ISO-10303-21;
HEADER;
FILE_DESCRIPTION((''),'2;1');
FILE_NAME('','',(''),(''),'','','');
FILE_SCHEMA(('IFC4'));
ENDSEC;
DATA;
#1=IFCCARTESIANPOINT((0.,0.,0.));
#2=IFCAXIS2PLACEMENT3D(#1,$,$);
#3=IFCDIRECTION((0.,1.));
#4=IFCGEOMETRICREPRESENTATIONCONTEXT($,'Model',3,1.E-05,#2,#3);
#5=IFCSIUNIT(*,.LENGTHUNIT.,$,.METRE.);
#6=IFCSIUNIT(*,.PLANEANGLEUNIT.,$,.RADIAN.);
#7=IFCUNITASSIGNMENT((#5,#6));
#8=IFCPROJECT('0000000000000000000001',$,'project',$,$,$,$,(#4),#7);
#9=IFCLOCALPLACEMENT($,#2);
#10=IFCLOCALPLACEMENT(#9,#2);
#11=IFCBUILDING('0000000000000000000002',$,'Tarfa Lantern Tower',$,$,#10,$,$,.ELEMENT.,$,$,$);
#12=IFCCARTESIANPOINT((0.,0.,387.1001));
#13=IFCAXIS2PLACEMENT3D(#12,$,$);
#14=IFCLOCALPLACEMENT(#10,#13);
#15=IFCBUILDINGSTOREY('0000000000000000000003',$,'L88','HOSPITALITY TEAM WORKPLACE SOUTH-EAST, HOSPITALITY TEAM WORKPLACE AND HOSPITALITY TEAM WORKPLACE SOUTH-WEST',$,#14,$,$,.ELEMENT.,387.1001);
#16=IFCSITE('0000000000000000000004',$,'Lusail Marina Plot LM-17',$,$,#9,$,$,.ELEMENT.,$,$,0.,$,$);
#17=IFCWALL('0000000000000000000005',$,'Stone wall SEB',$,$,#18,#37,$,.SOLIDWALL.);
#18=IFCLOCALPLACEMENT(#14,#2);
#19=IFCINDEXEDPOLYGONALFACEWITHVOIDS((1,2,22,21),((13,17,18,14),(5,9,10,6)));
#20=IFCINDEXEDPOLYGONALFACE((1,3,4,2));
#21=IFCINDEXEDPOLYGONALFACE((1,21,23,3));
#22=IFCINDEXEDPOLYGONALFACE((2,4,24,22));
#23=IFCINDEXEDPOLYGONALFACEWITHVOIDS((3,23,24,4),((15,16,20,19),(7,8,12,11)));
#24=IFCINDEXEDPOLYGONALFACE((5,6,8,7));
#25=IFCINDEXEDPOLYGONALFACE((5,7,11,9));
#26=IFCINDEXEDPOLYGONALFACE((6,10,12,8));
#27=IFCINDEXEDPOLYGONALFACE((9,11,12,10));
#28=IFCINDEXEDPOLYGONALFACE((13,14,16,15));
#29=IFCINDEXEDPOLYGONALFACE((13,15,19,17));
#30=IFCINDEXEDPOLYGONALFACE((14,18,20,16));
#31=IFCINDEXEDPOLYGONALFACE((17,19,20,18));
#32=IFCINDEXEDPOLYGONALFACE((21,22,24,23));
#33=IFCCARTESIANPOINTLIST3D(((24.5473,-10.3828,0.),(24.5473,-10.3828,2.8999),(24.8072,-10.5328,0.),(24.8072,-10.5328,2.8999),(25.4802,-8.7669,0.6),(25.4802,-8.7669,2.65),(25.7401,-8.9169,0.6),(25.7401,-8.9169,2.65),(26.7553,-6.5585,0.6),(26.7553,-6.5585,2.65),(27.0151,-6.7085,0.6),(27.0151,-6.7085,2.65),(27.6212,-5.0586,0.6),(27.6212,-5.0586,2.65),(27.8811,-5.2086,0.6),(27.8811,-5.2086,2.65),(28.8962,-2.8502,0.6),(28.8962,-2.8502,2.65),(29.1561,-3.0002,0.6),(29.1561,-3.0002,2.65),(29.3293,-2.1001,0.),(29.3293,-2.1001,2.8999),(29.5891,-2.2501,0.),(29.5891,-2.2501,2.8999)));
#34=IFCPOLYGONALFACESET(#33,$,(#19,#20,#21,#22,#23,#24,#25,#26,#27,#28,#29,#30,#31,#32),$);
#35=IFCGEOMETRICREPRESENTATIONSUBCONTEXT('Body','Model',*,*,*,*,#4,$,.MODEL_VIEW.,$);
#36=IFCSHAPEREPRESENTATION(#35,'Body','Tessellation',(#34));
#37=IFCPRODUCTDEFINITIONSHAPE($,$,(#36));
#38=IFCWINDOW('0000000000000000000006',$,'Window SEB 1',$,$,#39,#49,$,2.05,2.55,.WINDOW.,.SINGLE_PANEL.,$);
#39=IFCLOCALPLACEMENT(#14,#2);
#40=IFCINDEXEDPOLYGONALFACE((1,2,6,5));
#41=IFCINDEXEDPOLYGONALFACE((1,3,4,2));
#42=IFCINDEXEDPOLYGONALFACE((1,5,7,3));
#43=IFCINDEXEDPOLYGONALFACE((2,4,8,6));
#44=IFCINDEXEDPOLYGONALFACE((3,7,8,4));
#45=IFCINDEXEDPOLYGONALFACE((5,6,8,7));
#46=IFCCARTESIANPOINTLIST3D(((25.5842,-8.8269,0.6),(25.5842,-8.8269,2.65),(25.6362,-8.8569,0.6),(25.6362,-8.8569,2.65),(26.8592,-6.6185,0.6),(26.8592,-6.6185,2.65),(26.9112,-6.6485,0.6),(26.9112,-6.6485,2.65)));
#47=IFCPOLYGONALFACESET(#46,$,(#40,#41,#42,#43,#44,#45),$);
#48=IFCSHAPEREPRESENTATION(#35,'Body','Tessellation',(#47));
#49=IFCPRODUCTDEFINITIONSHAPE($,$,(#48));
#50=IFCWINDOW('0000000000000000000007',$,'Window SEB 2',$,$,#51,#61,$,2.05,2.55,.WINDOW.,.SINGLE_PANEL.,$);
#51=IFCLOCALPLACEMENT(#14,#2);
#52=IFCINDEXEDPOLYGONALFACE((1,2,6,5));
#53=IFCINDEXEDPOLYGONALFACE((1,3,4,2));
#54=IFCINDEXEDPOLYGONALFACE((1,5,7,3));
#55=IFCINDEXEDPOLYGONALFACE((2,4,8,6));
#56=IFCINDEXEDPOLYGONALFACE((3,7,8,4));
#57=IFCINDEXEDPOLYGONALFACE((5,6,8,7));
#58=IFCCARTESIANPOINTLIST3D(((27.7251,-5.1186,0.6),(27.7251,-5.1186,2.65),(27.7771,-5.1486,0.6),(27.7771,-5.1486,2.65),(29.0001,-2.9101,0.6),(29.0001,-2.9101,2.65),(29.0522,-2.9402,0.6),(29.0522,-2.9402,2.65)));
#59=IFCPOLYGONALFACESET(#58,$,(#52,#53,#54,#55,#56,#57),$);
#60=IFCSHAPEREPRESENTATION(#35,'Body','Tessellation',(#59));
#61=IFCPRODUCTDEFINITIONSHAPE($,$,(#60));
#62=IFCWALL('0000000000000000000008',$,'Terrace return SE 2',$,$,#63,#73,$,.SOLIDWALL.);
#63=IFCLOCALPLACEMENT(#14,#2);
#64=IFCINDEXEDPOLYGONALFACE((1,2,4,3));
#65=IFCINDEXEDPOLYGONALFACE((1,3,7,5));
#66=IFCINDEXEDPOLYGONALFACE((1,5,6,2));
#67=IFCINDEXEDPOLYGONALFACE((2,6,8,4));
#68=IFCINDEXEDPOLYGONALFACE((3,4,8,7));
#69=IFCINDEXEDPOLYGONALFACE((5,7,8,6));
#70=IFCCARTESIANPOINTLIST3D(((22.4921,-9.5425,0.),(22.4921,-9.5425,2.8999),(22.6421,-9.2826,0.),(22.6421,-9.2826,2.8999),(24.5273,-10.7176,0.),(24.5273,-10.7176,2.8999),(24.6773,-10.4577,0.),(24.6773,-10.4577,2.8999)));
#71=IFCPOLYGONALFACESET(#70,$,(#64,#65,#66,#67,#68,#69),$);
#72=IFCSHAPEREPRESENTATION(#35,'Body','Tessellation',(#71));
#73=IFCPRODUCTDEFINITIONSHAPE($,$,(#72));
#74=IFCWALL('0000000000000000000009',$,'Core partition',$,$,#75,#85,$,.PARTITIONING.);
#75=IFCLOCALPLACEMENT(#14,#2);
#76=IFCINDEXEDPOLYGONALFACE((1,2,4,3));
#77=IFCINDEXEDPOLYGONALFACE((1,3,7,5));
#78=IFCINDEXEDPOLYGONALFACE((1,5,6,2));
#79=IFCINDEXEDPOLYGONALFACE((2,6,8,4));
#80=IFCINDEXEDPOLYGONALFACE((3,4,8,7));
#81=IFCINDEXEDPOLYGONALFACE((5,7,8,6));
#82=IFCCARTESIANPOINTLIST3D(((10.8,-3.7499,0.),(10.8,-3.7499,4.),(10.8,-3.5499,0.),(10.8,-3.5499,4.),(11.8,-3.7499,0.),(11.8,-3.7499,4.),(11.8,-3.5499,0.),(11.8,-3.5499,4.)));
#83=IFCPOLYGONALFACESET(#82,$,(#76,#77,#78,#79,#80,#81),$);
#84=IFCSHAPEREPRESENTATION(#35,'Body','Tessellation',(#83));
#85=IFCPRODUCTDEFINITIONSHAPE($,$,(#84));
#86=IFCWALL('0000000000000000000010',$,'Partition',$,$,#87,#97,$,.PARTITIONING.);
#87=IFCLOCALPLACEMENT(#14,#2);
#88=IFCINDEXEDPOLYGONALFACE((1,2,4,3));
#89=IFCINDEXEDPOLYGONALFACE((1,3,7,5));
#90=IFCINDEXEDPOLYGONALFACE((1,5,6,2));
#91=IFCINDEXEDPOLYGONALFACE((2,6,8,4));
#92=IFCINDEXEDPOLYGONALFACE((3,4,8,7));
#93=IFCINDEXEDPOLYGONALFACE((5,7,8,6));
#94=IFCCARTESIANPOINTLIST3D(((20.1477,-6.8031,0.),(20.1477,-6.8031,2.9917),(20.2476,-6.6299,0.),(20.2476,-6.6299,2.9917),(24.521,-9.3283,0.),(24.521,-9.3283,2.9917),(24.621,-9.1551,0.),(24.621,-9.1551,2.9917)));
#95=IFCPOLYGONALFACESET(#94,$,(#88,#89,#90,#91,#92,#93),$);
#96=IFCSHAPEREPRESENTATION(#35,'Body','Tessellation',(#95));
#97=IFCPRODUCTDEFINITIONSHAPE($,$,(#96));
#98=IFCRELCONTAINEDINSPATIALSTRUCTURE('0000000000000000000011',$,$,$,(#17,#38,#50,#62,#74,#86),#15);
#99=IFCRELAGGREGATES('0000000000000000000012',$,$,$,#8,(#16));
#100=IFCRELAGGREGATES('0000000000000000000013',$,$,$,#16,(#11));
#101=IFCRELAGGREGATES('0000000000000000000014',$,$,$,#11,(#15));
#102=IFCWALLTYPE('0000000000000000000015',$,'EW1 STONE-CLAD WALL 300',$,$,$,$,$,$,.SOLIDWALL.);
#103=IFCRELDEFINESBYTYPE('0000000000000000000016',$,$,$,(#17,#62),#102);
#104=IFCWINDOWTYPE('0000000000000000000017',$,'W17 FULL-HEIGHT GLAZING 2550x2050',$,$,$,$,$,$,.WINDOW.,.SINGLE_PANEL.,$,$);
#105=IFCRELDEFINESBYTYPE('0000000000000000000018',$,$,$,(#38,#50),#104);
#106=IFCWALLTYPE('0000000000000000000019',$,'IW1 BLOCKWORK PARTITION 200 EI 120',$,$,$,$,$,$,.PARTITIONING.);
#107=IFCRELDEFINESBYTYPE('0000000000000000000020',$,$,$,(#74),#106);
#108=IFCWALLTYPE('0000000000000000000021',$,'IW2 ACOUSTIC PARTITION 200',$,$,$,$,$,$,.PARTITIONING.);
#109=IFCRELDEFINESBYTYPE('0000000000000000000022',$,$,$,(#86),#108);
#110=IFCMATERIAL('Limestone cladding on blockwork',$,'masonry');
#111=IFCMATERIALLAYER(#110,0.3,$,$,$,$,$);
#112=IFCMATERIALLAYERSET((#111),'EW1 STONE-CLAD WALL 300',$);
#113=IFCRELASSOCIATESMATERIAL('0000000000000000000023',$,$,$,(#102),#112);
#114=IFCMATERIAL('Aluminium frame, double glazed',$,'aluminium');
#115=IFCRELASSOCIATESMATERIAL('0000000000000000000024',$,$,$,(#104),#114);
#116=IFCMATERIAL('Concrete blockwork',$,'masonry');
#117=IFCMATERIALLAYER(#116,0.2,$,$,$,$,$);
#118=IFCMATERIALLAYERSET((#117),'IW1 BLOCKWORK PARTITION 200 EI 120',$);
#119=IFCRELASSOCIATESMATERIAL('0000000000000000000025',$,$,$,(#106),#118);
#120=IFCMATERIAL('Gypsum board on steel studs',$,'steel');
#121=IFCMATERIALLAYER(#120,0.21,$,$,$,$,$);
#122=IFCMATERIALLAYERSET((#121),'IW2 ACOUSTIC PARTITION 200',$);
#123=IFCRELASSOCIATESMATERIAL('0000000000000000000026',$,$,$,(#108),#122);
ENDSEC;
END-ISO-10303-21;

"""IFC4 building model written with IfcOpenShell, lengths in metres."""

from ifc_helpers import new_model, si_unit, direction, frame, frame_2d, origin, place, context, subcontext, project, spatial, rectangle, extrude, material, layer, layer_set, type_object, element, fill, save


model = new_model("IFC4")

# Units and contexts
model_context = context("Model", 3, precision=1e-05, world=origin(), true_north=direction((0.0, 1.0)))
body_context = subcontext(model_context, "Body", "Model", "MODEL_VIEW")
ifc_project = project(units=[si_unit("LENGTHUNIT", "METRE"), si_unit("PLANEANGLEUNIT", "RADIAN")], contexts=[model_context])

# Site, building, storey
site_placement = place(None, origin())
site = spatial("IfcSite", under=ifc_project, at=site_placement, Name="Lusail Marina Plot LM-17", CompositionType="ELEMENT", RefElevation=0.0)
building_placement = place(site_placement, origin())
building = spatial("IfcBuilding", under=site, at=building_placement, Name="Tarfa Lantern Tower", CompositionType="ELEMENT")
storey_placement = place(building_placement, frame((0.0, 0.0, 387.1001)))
storey = spatial("IfcBuildingStorey", under=building, at=storey_placement, Name="L88", Description="HOSPITALITY TEAM WORKPLACE SOUTH-EAST, HOSPITALITY TEAM WORKPLACE AND HOSPITALITY TEAM WORKPLACE SOUTH-WEST", CompositionType="ELEMENT", Elevation=387.1001)

# Wall, openings, windows
ifc_material_1 = material(Name="Limestone cladding on blockwork", Category="masonry")
ifc_layer_1 = layer(ifc_material_1, 0.3)
ifc_layer_set_1 = layer_set([ifc_layer_1], Name="EW1 STONE-CLAD WALL 300")
wall_type_1 = type_object("IfcWallType", Name="EW1 STONE-CLAD WALL 300", PredefinedType="SOLIDWALL", material=ifc_layer_set_1)
wall_1_placement = place(storey_placement, frame((24.6772, -10.4578, 0.0), z_axis=(0.0, 0.0, 1.0), x_axis=(0.499996, 0.866027, 0.0)))
wall_1 = element("IfcWall", 1, at=wall_1_placement, inside=storey, type_object=wall_type_1, Name="Stone wall SEB", PredefinedType="SOLIDWALL", context=body_context, shape_type="SweptSolid", body=[
    extrude(rectangle(XDim=9.564, YDim=0.3, at=frame_2d((4.782, 0.0))), origin(), (0.0, 0.0, 1.0), 2.8999),
])
opening_1_placement = place(wall_1_placement, frame((1.866, 0.0, 0.6001)))
opening_1 = element("IfcOpeningElement", 2, at=opening_1_placement, cuts=wall_1, PredefinedType="OPENING", context=body_context, shape_type="SweptSolid", body=[
    extrude(rectangle(XDim=2.55, YDim=2.05, at=frame_2d((1.2749, 1.0249))), frame((0.0, 0.1599, 0.0), z_axis=(0.0, -1.0, 0.0), x_axis=(1.0, 0.0, 0.0)), (0.0, 0.0, 1.0), 0.3201),
])
opening_2_placement = place(wall_1_placement, frame((6.1479, 0.0, 0.6001)))
opening_2 = element("IfcOpeningElement", 3, at=opening_2_placement, cuts=wall_1, PredefinedType="OPENING", context=body_context, shape_type="SweptSolid", body=[
    extrude(rectangle(XDim=2.55, YDim=2.05, at=frame_2d((1.2749, 1.0249))), frame((0.0, 0.1599, 0.0), z_axis=(0.0, -1.0, 0.0), x_axis=(1.0, 0.0, 0.0)), (0.0, 0.0, 1.0), 0.3201),
])
ifc_material_2 = material(Name="Aluminium frame, double glazed", Category="aluminium")
window_type = type_object("IfcWindowType", Name="W17 FULL-HEIGHT GLAZING 2550x2050", PartitioningType="SINGLE_PANEL", PredefinedType="WINDOW", material=ifc_material_2)
window_1_placement = place(opening_1_placement, origin())
window_1 = element("IfcWindow", 4, at=window_1_placement, inside=storey, type_object=window_type, Name="Window SEB 1", OverallHeight=2.05, OverallWidth=2.55, PartitioningType="SINGLE_PANEL", PredefinedType="WINDOW", context=body_context, shape_type="SweptSolid", body=[
    extrude(rectangle(XDim=2.55, YDim=2.05, at=frame_2d((1.2749, 1.0249))), frame((0.0, 0.03, 0.0), z_axis=(0.0, -1.0, 0.0), x_axis=(1.0, 0.0, 0.0)), (0.0, 0.0, 1.0), 0.0601),
])
fill(opening_1, window_1)
window_2_placement = place(opening_2_placement, origin())
window_2 = element("IfcWindow", 5, at=window_2_placement, inside=storey, type_object=window_type, Name="Window SEB 2", OverallHeight=2.05, OverallWidth=2.55, PartitioningType="SINGLE_PANEL", PredefinedType="WINDOW", context=body_context, shape_type="SweptSolid", body=[
    extrude(rectangle(XDim=2.55, YDim=2.05, at=frame_2d((1.2749, 1.0249))), frame((0.0, 0.03, 0.0), z_axis=(0.0, -1.0, 0.0), x_axis=(1.0, 0.0, 0.0)), (0.0, 0.0, 1.0), 0.0601),
])
fill(opening_2, window_2)

# Walls
wall_2_placement = place(storey_placement, frame((24.6023, -10.5876, 0.0), z_axis=(0.0, 0.0, 1.0), x_axis=(-0.866016, 0.500016, 0.0)))
element("IfcWall", 6, at=wall_2_placement, inside=storey, type_object=wall_type_1, Name="Terrace return SE 2", PredefinedType="SOLIDWALL", context=body_context, shape_type="SweptSolid", body=[
    extrude(rectangle(XDim=2.3501, YDim=0.3, at=frame_2d((1.175, 0.0))), origin(), (0.0, 0.0, 1.0), 2.8999),
])
ifc_material_3 = material(Name="Concrete blockwork", Category="masonry")
ifc_layer_2 = layer(ifc_material_3, 0.2)
ifc_layer_set_2 = layer_set([ifc_layer_2], Name="IW1 BLOCKWORK PARTITION 200 EI 120")
wall_type_2 = type_object("IfcWallType", Name="IW1 BLOCKWORK PARTITION 200 EI 120", PredefinedType="PARTITIONING", material=ifc_layer_set_2)
wall_3_placement = place(storey_placement, frame((11.8, -3.6499, 0.0), z_axis=(0.0, 0.0, 1.0), x_axis=(-1.0, 0.0, 0.0)))
element("IfcWall", 7, at=wall_3_placement, inside=storey, type_object=wall_type_2, Name="Core partition", PredefinedType="PARTITIONING", context=body_context, shape_type="SweptSolid", body=[
    extrude(rectangle(XDim=1.0, YDim=0.2, at=frame_2d((0.5, 0.0))), origin(), (0.0, 0.0, 1.0), 4.0),
])
ifc_material_4 = material(Name="Gypsum board on steel studs", Category="steel")
ifc_layer_3 = layer(ifc_material_4, 0.21)
ifc_layer_set_3 = layer_set([ifc_layer_3], Name="IW2 ACOUSTIC PARTITION 200")
wall_type_3 = type_object("IfcWallType", Name="IW2 ACOUSTIC PARTITION 200", PredefinedType="PARTITIONING", material=ifc_layer_set_3)
wall_4_placement = place(storey_placement, frame((20.1978, -6.7166, 0.0), z_axis=(0.0, 0.0, 1.0), x_axis=(0.866006, -0.500034, 0.0)))
element("IfcWall", 8, at=wall_4_placement, inside=storey, type_object=wall_type_3, Name="Partition", PredefinedType="PARTITIONING", context=body_context, shape_type="SweptSolid", body=[
    extrude(rectangle(XDim=5.05, YDim=0.2, at=frame_2d((2.5249, 0.0))), origin(), (0.0, 0.0, 1.0), 2.9917),
])

save(model, "model.ifc")
